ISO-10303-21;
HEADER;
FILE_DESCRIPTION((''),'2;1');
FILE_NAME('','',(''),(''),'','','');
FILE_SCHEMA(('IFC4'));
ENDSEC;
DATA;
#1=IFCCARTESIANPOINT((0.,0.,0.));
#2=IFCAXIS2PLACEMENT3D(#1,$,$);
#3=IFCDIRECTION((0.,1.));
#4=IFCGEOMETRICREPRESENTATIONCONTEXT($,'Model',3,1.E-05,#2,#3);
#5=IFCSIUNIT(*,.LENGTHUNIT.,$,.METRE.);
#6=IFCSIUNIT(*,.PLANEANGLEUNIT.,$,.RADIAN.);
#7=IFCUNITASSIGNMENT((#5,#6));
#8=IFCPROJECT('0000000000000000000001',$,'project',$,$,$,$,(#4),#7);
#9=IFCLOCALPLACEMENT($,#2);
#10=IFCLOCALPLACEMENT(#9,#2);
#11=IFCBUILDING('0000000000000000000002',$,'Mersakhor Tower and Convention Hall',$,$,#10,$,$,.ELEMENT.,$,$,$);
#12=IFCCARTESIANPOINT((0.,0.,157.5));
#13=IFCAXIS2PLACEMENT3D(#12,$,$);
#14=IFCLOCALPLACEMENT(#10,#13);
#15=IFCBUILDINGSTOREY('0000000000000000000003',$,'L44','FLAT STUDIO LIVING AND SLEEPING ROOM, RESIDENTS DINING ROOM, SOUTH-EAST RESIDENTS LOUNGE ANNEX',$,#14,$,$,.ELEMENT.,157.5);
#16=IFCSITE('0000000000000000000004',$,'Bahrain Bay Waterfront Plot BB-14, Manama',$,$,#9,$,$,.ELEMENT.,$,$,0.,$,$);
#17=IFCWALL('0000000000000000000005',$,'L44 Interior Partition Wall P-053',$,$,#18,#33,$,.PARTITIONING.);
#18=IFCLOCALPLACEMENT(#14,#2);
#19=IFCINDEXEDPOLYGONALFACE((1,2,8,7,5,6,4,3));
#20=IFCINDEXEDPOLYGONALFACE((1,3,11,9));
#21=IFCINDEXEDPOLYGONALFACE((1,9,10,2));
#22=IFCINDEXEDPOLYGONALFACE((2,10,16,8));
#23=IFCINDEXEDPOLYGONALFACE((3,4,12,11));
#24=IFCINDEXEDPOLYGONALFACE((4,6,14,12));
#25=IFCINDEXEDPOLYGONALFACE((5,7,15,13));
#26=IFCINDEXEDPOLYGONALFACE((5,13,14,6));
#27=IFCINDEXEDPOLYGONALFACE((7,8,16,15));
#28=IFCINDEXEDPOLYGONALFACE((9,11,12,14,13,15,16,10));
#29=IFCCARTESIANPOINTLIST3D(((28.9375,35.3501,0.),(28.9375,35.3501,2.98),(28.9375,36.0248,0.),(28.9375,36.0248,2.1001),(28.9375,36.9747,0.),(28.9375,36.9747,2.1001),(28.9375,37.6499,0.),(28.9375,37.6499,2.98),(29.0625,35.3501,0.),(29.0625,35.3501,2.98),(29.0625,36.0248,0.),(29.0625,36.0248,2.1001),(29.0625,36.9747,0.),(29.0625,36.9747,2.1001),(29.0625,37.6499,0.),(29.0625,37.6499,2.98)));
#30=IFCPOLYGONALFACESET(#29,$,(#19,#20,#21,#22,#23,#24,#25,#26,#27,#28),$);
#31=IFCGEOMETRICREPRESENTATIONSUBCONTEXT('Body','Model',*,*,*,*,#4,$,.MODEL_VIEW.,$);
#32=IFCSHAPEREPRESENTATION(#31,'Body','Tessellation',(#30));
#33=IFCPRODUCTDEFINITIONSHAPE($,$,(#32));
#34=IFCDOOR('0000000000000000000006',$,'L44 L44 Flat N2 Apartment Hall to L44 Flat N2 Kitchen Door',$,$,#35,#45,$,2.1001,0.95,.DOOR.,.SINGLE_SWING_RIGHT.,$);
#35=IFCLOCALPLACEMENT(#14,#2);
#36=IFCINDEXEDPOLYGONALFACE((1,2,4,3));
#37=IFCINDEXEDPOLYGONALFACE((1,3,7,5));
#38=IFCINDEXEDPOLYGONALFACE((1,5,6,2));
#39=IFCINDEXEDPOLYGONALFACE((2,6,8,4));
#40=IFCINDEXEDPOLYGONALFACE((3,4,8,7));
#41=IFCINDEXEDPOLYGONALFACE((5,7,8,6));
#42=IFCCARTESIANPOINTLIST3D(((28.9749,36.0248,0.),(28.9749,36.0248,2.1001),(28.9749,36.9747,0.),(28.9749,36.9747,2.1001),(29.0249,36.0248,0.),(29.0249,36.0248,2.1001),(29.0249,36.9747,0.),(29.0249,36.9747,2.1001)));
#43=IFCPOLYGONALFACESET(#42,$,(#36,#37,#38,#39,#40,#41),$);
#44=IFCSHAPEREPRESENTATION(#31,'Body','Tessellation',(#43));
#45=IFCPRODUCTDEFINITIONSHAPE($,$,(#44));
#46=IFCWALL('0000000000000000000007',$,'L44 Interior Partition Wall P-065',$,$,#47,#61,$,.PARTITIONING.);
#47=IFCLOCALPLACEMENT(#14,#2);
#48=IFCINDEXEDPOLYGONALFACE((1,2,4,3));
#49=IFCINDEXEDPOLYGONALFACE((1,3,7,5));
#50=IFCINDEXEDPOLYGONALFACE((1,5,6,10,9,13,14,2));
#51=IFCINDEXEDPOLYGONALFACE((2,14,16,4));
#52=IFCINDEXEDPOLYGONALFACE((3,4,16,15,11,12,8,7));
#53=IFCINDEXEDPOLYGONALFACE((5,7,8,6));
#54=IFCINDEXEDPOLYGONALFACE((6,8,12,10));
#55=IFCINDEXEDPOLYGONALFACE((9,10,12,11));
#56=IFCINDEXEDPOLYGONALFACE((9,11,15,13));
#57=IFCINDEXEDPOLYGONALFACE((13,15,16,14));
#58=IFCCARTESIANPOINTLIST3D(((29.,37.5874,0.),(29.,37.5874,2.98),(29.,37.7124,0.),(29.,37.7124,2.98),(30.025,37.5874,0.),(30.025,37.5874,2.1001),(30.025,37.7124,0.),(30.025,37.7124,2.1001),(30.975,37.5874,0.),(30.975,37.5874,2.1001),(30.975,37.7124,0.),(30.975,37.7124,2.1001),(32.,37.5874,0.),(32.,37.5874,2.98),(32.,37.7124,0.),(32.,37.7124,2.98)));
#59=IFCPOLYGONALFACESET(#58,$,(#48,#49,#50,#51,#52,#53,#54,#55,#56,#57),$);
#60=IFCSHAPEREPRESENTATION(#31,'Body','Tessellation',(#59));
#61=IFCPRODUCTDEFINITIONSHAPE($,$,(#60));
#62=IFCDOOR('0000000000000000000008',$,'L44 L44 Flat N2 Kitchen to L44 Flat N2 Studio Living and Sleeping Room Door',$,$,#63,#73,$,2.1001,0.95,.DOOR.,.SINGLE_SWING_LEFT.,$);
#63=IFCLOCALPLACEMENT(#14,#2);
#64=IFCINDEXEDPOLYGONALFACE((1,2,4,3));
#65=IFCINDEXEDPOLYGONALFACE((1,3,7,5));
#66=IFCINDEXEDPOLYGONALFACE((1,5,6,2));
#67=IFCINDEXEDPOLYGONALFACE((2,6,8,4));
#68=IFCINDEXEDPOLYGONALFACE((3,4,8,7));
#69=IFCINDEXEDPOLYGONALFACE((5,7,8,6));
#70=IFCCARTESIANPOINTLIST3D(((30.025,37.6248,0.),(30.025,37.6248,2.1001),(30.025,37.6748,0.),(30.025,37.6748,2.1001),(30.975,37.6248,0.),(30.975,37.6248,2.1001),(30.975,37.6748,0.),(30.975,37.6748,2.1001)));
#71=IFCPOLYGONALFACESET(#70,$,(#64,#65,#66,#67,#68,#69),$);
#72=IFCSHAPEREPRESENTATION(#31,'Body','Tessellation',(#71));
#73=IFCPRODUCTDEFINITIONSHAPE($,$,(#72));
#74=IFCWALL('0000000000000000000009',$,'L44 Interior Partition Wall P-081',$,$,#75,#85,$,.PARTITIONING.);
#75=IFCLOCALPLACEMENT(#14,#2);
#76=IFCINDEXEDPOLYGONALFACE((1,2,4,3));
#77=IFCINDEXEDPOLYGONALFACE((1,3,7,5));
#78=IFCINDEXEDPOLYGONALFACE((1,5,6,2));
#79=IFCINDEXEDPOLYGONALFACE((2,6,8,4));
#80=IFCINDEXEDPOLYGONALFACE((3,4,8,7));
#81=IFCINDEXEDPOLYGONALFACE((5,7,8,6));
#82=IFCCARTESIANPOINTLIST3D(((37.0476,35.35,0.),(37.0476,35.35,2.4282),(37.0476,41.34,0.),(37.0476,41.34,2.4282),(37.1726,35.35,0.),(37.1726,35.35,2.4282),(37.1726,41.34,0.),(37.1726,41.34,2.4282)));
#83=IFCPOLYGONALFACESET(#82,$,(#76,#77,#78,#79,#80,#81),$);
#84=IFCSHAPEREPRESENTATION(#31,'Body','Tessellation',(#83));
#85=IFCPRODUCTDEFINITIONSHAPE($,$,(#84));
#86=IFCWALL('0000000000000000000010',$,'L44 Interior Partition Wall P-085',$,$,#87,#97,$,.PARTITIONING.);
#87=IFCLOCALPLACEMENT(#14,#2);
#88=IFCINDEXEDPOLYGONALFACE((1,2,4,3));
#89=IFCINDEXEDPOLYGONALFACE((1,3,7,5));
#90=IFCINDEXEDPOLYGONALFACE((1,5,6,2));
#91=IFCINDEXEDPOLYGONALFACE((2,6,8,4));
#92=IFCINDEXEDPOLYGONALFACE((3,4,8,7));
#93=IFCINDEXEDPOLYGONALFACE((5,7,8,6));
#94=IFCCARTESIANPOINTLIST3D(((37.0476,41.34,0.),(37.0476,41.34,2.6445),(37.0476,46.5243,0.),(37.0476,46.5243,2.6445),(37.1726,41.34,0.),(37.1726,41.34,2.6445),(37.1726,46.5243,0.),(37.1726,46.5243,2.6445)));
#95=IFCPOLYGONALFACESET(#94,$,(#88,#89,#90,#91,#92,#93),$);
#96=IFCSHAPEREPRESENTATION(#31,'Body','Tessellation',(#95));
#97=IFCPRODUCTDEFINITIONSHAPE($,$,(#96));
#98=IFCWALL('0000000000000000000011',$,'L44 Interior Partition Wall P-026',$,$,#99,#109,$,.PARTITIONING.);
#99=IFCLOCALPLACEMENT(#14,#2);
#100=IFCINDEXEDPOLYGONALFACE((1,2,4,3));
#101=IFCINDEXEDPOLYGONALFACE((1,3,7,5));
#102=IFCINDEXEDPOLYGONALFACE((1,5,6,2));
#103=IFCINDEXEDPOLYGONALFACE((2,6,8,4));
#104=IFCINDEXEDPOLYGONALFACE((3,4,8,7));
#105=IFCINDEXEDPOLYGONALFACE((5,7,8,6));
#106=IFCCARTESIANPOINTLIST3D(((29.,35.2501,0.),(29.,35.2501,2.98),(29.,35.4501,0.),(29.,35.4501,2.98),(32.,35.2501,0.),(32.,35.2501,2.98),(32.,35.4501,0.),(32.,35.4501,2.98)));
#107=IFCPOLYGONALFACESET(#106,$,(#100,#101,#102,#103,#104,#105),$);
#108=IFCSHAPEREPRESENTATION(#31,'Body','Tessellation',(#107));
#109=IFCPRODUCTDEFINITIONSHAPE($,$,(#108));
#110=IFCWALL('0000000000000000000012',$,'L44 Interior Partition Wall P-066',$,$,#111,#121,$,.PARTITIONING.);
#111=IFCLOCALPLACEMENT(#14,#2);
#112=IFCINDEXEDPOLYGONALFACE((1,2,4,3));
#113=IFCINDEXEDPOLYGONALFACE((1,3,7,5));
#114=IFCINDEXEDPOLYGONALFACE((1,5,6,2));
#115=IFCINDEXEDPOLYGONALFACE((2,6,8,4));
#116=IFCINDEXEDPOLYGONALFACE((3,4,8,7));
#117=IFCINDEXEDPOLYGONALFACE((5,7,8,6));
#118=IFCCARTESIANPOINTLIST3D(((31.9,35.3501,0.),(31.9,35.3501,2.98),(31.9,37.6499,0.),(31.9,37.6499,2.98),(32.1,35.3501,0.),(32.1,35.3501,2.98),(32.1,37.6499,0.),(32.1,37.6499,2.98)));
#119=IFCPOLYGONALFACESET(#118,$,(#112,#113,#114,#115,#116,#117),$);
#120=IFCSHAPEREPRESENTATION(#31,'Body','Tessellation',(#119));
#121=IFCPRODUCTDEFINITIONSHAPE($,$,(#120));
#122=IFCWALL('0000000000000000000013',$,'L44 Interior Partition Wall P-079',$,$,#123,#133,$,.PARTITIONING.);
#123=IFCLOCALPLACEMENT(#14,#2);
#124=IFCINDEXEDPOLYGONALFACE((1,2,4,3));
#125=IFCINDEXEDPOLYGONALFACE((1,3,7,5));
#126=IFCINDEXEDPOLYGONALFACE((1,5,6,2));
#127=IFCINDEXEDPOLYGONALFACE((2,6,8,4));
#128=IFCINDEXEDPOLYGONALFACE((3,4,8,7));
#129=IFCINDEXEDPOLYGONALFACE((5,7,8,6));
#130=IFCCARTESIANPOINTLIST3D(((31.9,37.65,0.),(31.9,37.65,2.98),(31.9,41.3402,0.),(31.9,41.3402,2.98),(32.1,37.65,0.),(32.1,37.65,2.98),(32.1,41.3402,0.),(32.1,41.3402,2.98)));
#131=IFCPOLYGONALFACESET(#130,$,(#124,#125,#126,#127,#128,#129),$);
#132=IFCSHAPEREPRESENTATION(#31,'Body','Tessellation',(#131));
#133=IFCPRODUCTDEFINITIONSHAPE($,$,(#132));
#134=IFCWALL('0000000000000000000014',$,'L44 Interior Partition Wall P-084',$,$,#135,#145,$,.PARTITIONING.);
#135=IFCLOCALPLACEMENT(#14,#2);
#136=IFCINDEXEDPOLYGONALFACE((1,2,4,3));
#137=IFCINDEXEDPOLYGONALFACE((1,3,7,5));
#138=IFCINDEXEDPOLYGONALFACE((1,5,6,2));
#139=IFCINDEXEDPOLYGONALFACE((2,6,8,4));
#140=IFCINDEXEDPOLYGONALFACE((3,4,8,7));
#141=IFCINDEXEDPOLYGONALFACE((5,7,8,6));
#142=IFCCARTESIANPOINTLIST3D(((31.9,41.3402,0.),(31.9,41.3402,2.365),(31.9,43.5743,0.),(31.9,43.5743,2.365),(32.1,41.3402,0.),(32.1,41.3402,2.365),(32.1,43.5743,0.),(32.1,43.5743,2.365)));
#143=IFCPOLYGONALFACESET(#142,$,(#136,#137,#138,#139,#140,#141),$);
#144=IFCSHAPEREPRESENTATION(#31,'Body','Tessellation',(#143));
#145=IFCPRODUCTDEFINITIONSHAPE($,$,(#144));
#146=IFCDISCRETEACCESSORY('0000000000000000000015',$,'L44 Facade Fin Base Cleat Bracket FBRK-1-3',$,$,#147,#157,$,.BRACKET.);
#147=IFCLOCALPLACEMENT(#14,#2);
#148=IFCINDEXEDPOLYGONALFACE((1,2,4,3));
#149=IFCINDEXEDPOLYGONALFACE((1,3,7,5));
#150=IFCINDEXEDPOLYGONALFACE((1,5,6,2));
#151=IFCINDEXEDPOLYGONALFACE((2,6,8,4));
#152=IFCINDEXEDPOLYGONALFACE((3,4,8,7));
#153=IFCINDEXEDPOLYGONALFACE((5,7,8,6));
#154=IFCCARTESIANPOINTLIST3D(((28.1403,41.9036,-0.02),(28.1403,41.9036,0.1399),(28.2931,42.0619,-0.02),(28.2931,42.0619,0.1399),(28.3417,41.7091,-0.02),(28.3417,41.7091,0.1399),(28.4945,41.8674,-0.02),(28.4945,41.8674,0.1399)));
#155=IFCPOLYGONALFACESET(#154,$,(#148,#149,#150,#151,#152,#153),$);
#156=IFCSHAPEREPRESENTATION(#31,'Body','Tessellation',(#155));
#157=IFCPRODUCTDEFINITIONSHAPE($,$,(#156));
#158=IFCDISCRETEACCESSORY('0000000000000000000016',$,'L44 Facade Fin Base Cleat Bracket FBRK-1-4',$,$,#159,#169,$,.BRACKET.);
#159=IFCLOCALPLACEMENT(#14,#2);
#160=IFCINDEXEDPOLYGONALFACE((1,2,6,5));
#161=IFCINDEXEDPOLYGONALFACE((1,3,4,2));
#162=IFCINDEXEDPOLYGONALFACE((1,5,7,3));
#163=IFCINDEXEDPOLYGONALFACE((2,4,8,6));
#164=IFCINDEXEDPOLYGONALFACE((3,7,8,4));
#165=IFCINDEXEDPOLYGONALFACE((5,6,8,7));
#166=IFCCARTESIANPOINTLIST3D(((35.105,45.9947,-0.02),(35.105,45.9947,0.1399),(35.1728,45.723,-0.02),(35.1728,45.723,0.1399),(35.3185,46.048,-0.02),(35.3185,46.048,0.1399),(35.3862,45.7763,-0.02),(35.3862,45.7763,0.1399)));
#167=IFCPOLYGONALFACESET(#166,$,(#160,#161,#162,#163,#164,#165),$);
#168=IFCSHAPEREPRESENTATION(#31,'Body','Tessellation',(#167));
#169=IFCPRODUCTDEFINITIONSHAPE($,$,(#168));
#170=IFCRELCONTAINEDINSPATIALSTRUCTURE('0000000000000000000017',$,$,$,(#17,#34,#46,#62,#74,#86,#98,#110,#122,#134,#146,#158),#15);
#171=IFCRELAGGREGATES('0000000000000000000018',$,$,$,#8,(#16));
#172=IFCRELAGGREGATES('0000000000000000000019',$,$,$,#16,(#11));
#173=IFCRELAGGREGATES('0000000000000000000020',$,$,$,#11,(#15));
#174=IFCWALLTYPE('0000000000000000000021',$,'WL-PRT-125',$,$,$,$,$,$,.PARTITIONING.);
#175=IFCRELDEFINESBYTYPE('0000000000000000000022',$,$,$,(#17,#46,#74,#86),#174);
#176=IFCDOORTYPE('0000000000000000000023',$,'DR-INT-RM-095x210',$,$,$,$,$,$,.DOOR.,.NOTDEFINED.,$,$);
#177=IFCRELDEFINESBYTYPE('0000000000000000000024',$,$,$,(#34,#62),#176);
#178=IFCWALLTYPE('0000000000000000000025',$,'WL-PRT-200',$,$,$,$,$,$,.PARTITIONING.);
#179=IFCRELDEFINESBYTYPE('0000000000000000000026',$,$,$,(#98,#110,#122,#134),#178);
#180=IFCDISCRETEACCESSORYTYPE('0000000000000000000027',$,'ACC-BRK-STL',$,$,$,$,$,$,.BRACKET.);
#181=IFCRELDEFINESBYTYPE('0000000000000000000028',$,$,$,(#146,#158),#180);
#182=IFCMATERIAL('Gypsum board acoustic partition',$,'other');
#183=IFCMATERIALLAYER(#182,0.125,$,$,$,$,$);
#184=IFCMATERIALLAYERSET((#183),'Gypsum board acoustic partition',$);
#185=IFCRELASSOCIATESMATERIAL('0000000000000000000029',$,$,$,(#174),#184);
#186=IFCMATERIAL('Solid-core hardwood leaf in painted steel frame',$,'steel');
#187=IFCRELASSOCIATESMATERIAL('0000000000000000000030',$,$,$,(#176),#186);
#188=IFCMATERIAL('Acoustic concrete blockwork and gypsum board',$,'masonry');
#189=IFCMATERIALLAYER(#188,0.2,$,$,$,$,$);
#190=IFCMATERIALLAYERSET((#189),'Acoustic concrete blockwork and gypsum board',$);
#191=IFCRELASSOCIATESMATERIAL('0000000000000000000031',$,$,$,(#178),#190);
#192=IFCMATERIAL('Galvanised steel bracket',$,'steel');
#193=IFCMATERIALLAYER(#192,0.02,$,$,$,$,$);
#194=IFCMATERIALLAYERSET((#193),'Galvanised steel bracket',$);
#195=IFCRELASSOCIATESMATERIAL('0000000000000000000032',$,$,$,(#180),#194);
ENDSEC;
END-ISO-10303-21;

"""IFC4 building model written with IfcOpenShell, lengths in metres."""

from ifc_helpers import new_model, si_unit, direction, frame, frame_2d, origin, origin_2d, place, context, subcontext, project, spatial, rectangle, extrude, material, layer, layer_set, type_object, element, fill, save


model = new_model("IFC4")

# Units and contexts
model_context = context("Model", 3, precision=1e-05, world=origin(), true_north=direction((0.0, 1.0)))
body_context = subcontext(model_context, "Body", "Model", "MODEL_VIEW")
ifc_project = project(units=[si_unit("LENGTHUNIT", "METRE"), si_unit("PLANEANGLEUNIT", "RADIAN")], contexts=[model_context])

# Site, building, storey
site_placement = place(None, origin())
site = spatial("IfcSite", under=ifc_project, at=site_placement, Name="Bahrain Bay Waterfront Plot BB-14, Manama", CompositionType="ELEMENT", RefElevation=0.0)
building_placement = place(site_placement, origin())
building = spatial("IfcBuilding", under=site, at=building_placement, Name="Mersakhor Tower and Convention Hall", CompositionType="ELEMENT")
storey_placement = place(building_placement, frame((0.0, 0.0, 157.5)))
storey = spatial("IfcBuildingStorey", under=building, at=storey_placement, Name="L44", Description="FLAT STUDIO LIVING AND SLEEPING ROOM, RESIDENTS DINING ROOM, SOUTH-EAST RESIDENTS LOUNGE ANNEX", CompositionType="ELEMENT", Elevation=157.5)

# Walls, openings, doors
ifc_material_1 = material(Name="Gypsum board acoustic partition", Category="other")
ifc_layer_1 = layer(ifc_material_1, 0.125)
ifc_layer_set_1 = layer_set([ifc_layer_1], Name="Gypsum board acoustic partition")
wall_type_1 = type_object("IfcWallType", Name="WL-PRT-125", PredefinedType="PARTITIONING", material=ifc_layer_set_1)
wall_1_placement = place(storey_placement, frame((29.0, 37.6499, 0.0), z_axis=(0.0, 0.0, 1.0), x_axis=(0.0, -1.0, 0.0)))
wall_1 = element("IfcWall", 1, at=wall_1_placement, inside=storey, type_object=wall_type_1, Name="L44 Interior Partition Wall P-053", PredefinedType="PARTITIONING", context=body_context, shape_type="SweptSolid", body=[
    extrude(rectangle(XDim=2.2998, YDim=0.125, at=frame_2d((1.1499, 0.0))), origin(), (0.0, 0.0, 1.0), 2.98),
])
opening_1_placement = place(wall_1_placement, frame((0.675, 0.0, 0.0)))
opening_1 = element("IfcOpeningElement", 2, at=opening_1_placement, cuts=wall_1, PredefinedType="OPENING", context=body_context, shape_type="SweptSolid", body=[
    extrude(rectangle(XDim=0.95, YDim=2.1001, at=frame_2d((0.4751, 1.05))), frame((0.0, 0.0725, 0.0), z_axis=(0.0, -1.0, 0.0), x_axis=(1.0, 0.0, 0.0)), (0.0, 0.0, 1.0), 0.145),
])
ifc_material_2 = material(Name="Solid-core hardwood leaf in painted steel frame", Category="steel")
door_type_1 = type_object("IfcDoorType", Name="DR-INT-RM-095x210", OperationType="NOTDEFINED", PredefinedType="DOOR", material=ifc_material_2)
door_1_placement = place(opening_1_placement, origin())
door_1 = element("IfcDoor", 3, at=door_1_placement, inside=storey, type_object=door_type_1, Name="L44 L44 Flat N2 Apartment Hall to L44 Flat N2 Kitchen Door", OperationType="SINGLE_SWING_RIGHT", OverallHeight=2.1001, OverallWidth=0.95, PredefinedType="DOOR", context=body_context, shape_type="SweptSolid", body=[
    extrude(rectangle(XDim=0.95, YDim=2.1001, at=frame_2d((0.4751, 1.05))), frame((0.0, 0.0249, 0.0), z_axis=(0.0, -1.0, 0.0), x_axis=(1.0, 0.0, 0.0)), (0.0, 0.0, 1.0), 0.05),
])
fill(opening_1, door_1)
wall_2_placement = place(storey_placement, frame((29.0, 37.6499, 0.0), z_axis=(0.0, 0.0, 1.0), x_axis=(1.0, 0.0, 0.0)))
wall_2 = element("IfcWall", 4, at=wall_2_placement, inside=storey, type_object=wall_type_1, Name="L44 Interior Partition Wall P-065", PredefinedType="PARTITIONING", context=body_context, shape_type="SweptSolid", body=[
    extrude(rectangle(XDim=3.0, YDim=0.125, at=frame_2d((1.5, 0.0))), origin(), (0.0, 0.0, 1.0), 2.98),
])
opening_2_placement = place(wall_2_placement, frame((1.0249, 0.0, 0.0)))
opening_2 = element("IfcOpeningElement", 5, at=opening_2_placement, cuts=wall_2, PredefinedType="OPENING", context=body_context, shape_type="SweptSolid", body=[
    extrude(rectangle(XDim=0.95, YDim=2.1001, at=frame_2d((0.4751, 1.05))), frame((0.0, 0.0725, 0.0), z_axis=(0.0, -1.0, 0.0), x_axis=(1.0, 0.0, 0.0)), (0.0, 0.0, 1.0), 0.145),
])
door_2_placement = place(opening_2_placement, origin())
door_2 = element("IfcDoor", 6, at=door_2_placement, inside=storey, type_object=door_type_1, Name="L44 L44 Flat N2 Kitchen to L44 Flat N2 Studio Living and Sleeping Room Door", OperationType="SINGLE_SWING_LEFT", OverallHeight=2.1001, OverallWidth=0.95, PredefinedType="DOOR", context=body_context, shape_type="SweptSolid", body=[
    extrude(rectangle(XDim=0.95, YDim=2.1001, at=frame_2d((0.4751, 1.05))), frame((0.0, 0.0249, 0.0), z_axis=(0.0, -1.0, 0.0), x_axis=(1.0, 0.0, 0.0)), (0.0, 0.0, 1.0), 0.05),
])
fill(opening_2, door_2)

# Walls
wall_3_placement = place(storey_placement, frame((37.1101, 41.3401, 0.0), z_axis=(0.0, 0.0, 1.0), x_axis=(0.0, -1.0, 0.0)))
element("IfcWall", 7, at=wall_3_placement, inside=storey, type_object=wall_type_1, Name="L44 Interior Partition Wall P-081", PredefinedType="PARTITIONING", context=body_context, shape_type="SweptSolid", body=[
    extrude(rectangle(XDim=5.99, YDim=0.125, at=frame_2d((2.9951, 0.0))), origin(), (0.0, 0.0, 1.0), 2.4282),
])
wall_4_placement = place(storey_placement, frame((37.1101, 46.5244, 0.0), z_axis=(0.0, 0.0, 1.0), x_axis=(0.0, -1.0, 0.0)))
element("IfcWall", 8, at=wall_4_placement, inside=storey, type_object=wall_type_1, Name="L44 Interior Partition Wall P-085", PredefinedType="PARTITIONING", context=body_context, shape_type="SweptSolid", body=[
    extrude(rectangle(XDim=5.1843, YDim=0.125, at=frame_2d((2.5923, 0.0))), origin(), (0.0, 0.0, 1.0), 2.6445),
])
ifc_material_3 = material(Name="Acoustic concrete blockwork and gypsum board", Category="masonry")
ifc_layer_2 = layer(ifc_material_3, 0.2)
ifc_layer_set_2 = layer_set([ifc_layer_2], Name="Acoustic concrete blockwork and gypsum board")
wall_type_2 = type_object("IfcWallType", Name="WL-PRT-200", PredefinedType="PARTITIONING", material=ifc_layer_set_2)
wall_5_placement = place(storey_placement, frame((29.0, 35.3501, 0.0), z_axis=(0.0, 0.0, 1.0), x_axis=(1.0, 0.0, 0.0)))
element("IfcWall", 9, at=wall_5_placement, inside=storey, type_object=wall_type_2, Name="L44 Interior Partition Wall P-026", PredefinedType="PARTITIONING", context=body_context, shape_type="SweptSolid", body=[
    extrude(rectangle(XDim=3.0, YDim=0.2, at=frame_2d((1.5, 0.0))), origin(), (0.0, 0.0, 1.0), 2.98),
])

# Walls
wall_6_placement = place(storey_placement, frame((32.0, 37.6499, 0.0), z_axis=(0.0, 0.0, 1.0), x_axis=(0.0, -1.0, 0.0)))
element("IfcWall", 10, at=wall_6_placement, inside=storey, type_object=wall_type_2, Name="L44 Interior Partition Wall P-066", PredefinedType="PARTITIONING", context=body_context, shape_type="SweptSolid", body=[
    extrude(rectangle(XDim=2.2998, YDim=0.2, at=frame_2d((1.1499, 0.0))), origin(), (0.0, 0.0, 1.0), 2.98),
])
wall_7_placement = place(storey_placement, frame((32.0, 37.6499, 0.0), z_axis=(0.0, 0.0, 1.0), x_axis=(0.0, 1.0, 0.0)))
element("IfcWall", 11, at=wall_7_placement, inside=storey, type_object=wall_type_2, Name="L44 Interior Partition Wall P-079", PredefinedType="PARTITIONING", context=body_context, shape_type="SweptSolid", body=[
    extrude(rectangle(XDim=3.6902, YDim=0.2, at=frame_2d((1.8452, 0.0))), origin(), (0.0, 0.0, 1.0), 2.98),
])
wall_8_placement = place(storey_placement, frame((32.0, 41.3401, 0.0), z_axis=(0.0, 0.0, 1.0), x_axis=(0.0, 1.0, 0.0)))
element("IfcWall", 12, at=wall_8_placement, inside=storey, type_object=wall_type_2, Name="L44 Interior Partition Wall P-084", PredefinedType="PARTITIONING", context=body_context, shape_type="SweptSolid", body=[
    extrude(rectangle(XDim=2.2341, YDim=0.2, at=frame_2d((1.1172, 0.0))), origin(), (0.0, 0.0, 1.0), 2.365),
])

# Discrete accessories
ifc_material_4 = material(Name="Galvanised steel bracket", Category="steel")
ifc_layer_3 = layer(ifc_material_4, 0.02)
ifc_layer_set_3 = layer_set([ifc_layer_3], Name="Galvanised steel bracket")
discrete_accessory_type = type_object("IfcDiscreteAccessoryType", Name="ACC-BRK-STL", PredefinedType="BRACKET", material=ifc_layer_set_3)
for number, where, z_axis, x_axis, name in (
    (13, (28.3174, 41.8855, -0.02), (0.0, 0.0, 1.0), (-0.71934, 0.694658, 0.0), "L44 Facade Fin Base Cleat Bracket FBRK-1-3"),
    (14, (35.2456, 45.8855, -0.02), (0.0, 0.0, 1.0), (-0.241922, 0.970296, 0.0), "L44 Facade Fin Base Cleat Bracket FBRK-1-4"),
):
    element("IfcDiscreteAccessory", number, at=place(storey_placement, frame(where, z_axis=z_axis, x_axis=x_axis)), inside=storey, type_object=discrete_accessory_type, Name=name, PredefinedType="BRACKET", context=body_context, shape_type="SweptSolid", body=[
        extrude(rectangle(XDim=0.28, YDim=0.22, at=origin_2d()), origin(), (0.0, 0.0, 1.0), 0.1599),
    ])

save(model, "model.ifc")
